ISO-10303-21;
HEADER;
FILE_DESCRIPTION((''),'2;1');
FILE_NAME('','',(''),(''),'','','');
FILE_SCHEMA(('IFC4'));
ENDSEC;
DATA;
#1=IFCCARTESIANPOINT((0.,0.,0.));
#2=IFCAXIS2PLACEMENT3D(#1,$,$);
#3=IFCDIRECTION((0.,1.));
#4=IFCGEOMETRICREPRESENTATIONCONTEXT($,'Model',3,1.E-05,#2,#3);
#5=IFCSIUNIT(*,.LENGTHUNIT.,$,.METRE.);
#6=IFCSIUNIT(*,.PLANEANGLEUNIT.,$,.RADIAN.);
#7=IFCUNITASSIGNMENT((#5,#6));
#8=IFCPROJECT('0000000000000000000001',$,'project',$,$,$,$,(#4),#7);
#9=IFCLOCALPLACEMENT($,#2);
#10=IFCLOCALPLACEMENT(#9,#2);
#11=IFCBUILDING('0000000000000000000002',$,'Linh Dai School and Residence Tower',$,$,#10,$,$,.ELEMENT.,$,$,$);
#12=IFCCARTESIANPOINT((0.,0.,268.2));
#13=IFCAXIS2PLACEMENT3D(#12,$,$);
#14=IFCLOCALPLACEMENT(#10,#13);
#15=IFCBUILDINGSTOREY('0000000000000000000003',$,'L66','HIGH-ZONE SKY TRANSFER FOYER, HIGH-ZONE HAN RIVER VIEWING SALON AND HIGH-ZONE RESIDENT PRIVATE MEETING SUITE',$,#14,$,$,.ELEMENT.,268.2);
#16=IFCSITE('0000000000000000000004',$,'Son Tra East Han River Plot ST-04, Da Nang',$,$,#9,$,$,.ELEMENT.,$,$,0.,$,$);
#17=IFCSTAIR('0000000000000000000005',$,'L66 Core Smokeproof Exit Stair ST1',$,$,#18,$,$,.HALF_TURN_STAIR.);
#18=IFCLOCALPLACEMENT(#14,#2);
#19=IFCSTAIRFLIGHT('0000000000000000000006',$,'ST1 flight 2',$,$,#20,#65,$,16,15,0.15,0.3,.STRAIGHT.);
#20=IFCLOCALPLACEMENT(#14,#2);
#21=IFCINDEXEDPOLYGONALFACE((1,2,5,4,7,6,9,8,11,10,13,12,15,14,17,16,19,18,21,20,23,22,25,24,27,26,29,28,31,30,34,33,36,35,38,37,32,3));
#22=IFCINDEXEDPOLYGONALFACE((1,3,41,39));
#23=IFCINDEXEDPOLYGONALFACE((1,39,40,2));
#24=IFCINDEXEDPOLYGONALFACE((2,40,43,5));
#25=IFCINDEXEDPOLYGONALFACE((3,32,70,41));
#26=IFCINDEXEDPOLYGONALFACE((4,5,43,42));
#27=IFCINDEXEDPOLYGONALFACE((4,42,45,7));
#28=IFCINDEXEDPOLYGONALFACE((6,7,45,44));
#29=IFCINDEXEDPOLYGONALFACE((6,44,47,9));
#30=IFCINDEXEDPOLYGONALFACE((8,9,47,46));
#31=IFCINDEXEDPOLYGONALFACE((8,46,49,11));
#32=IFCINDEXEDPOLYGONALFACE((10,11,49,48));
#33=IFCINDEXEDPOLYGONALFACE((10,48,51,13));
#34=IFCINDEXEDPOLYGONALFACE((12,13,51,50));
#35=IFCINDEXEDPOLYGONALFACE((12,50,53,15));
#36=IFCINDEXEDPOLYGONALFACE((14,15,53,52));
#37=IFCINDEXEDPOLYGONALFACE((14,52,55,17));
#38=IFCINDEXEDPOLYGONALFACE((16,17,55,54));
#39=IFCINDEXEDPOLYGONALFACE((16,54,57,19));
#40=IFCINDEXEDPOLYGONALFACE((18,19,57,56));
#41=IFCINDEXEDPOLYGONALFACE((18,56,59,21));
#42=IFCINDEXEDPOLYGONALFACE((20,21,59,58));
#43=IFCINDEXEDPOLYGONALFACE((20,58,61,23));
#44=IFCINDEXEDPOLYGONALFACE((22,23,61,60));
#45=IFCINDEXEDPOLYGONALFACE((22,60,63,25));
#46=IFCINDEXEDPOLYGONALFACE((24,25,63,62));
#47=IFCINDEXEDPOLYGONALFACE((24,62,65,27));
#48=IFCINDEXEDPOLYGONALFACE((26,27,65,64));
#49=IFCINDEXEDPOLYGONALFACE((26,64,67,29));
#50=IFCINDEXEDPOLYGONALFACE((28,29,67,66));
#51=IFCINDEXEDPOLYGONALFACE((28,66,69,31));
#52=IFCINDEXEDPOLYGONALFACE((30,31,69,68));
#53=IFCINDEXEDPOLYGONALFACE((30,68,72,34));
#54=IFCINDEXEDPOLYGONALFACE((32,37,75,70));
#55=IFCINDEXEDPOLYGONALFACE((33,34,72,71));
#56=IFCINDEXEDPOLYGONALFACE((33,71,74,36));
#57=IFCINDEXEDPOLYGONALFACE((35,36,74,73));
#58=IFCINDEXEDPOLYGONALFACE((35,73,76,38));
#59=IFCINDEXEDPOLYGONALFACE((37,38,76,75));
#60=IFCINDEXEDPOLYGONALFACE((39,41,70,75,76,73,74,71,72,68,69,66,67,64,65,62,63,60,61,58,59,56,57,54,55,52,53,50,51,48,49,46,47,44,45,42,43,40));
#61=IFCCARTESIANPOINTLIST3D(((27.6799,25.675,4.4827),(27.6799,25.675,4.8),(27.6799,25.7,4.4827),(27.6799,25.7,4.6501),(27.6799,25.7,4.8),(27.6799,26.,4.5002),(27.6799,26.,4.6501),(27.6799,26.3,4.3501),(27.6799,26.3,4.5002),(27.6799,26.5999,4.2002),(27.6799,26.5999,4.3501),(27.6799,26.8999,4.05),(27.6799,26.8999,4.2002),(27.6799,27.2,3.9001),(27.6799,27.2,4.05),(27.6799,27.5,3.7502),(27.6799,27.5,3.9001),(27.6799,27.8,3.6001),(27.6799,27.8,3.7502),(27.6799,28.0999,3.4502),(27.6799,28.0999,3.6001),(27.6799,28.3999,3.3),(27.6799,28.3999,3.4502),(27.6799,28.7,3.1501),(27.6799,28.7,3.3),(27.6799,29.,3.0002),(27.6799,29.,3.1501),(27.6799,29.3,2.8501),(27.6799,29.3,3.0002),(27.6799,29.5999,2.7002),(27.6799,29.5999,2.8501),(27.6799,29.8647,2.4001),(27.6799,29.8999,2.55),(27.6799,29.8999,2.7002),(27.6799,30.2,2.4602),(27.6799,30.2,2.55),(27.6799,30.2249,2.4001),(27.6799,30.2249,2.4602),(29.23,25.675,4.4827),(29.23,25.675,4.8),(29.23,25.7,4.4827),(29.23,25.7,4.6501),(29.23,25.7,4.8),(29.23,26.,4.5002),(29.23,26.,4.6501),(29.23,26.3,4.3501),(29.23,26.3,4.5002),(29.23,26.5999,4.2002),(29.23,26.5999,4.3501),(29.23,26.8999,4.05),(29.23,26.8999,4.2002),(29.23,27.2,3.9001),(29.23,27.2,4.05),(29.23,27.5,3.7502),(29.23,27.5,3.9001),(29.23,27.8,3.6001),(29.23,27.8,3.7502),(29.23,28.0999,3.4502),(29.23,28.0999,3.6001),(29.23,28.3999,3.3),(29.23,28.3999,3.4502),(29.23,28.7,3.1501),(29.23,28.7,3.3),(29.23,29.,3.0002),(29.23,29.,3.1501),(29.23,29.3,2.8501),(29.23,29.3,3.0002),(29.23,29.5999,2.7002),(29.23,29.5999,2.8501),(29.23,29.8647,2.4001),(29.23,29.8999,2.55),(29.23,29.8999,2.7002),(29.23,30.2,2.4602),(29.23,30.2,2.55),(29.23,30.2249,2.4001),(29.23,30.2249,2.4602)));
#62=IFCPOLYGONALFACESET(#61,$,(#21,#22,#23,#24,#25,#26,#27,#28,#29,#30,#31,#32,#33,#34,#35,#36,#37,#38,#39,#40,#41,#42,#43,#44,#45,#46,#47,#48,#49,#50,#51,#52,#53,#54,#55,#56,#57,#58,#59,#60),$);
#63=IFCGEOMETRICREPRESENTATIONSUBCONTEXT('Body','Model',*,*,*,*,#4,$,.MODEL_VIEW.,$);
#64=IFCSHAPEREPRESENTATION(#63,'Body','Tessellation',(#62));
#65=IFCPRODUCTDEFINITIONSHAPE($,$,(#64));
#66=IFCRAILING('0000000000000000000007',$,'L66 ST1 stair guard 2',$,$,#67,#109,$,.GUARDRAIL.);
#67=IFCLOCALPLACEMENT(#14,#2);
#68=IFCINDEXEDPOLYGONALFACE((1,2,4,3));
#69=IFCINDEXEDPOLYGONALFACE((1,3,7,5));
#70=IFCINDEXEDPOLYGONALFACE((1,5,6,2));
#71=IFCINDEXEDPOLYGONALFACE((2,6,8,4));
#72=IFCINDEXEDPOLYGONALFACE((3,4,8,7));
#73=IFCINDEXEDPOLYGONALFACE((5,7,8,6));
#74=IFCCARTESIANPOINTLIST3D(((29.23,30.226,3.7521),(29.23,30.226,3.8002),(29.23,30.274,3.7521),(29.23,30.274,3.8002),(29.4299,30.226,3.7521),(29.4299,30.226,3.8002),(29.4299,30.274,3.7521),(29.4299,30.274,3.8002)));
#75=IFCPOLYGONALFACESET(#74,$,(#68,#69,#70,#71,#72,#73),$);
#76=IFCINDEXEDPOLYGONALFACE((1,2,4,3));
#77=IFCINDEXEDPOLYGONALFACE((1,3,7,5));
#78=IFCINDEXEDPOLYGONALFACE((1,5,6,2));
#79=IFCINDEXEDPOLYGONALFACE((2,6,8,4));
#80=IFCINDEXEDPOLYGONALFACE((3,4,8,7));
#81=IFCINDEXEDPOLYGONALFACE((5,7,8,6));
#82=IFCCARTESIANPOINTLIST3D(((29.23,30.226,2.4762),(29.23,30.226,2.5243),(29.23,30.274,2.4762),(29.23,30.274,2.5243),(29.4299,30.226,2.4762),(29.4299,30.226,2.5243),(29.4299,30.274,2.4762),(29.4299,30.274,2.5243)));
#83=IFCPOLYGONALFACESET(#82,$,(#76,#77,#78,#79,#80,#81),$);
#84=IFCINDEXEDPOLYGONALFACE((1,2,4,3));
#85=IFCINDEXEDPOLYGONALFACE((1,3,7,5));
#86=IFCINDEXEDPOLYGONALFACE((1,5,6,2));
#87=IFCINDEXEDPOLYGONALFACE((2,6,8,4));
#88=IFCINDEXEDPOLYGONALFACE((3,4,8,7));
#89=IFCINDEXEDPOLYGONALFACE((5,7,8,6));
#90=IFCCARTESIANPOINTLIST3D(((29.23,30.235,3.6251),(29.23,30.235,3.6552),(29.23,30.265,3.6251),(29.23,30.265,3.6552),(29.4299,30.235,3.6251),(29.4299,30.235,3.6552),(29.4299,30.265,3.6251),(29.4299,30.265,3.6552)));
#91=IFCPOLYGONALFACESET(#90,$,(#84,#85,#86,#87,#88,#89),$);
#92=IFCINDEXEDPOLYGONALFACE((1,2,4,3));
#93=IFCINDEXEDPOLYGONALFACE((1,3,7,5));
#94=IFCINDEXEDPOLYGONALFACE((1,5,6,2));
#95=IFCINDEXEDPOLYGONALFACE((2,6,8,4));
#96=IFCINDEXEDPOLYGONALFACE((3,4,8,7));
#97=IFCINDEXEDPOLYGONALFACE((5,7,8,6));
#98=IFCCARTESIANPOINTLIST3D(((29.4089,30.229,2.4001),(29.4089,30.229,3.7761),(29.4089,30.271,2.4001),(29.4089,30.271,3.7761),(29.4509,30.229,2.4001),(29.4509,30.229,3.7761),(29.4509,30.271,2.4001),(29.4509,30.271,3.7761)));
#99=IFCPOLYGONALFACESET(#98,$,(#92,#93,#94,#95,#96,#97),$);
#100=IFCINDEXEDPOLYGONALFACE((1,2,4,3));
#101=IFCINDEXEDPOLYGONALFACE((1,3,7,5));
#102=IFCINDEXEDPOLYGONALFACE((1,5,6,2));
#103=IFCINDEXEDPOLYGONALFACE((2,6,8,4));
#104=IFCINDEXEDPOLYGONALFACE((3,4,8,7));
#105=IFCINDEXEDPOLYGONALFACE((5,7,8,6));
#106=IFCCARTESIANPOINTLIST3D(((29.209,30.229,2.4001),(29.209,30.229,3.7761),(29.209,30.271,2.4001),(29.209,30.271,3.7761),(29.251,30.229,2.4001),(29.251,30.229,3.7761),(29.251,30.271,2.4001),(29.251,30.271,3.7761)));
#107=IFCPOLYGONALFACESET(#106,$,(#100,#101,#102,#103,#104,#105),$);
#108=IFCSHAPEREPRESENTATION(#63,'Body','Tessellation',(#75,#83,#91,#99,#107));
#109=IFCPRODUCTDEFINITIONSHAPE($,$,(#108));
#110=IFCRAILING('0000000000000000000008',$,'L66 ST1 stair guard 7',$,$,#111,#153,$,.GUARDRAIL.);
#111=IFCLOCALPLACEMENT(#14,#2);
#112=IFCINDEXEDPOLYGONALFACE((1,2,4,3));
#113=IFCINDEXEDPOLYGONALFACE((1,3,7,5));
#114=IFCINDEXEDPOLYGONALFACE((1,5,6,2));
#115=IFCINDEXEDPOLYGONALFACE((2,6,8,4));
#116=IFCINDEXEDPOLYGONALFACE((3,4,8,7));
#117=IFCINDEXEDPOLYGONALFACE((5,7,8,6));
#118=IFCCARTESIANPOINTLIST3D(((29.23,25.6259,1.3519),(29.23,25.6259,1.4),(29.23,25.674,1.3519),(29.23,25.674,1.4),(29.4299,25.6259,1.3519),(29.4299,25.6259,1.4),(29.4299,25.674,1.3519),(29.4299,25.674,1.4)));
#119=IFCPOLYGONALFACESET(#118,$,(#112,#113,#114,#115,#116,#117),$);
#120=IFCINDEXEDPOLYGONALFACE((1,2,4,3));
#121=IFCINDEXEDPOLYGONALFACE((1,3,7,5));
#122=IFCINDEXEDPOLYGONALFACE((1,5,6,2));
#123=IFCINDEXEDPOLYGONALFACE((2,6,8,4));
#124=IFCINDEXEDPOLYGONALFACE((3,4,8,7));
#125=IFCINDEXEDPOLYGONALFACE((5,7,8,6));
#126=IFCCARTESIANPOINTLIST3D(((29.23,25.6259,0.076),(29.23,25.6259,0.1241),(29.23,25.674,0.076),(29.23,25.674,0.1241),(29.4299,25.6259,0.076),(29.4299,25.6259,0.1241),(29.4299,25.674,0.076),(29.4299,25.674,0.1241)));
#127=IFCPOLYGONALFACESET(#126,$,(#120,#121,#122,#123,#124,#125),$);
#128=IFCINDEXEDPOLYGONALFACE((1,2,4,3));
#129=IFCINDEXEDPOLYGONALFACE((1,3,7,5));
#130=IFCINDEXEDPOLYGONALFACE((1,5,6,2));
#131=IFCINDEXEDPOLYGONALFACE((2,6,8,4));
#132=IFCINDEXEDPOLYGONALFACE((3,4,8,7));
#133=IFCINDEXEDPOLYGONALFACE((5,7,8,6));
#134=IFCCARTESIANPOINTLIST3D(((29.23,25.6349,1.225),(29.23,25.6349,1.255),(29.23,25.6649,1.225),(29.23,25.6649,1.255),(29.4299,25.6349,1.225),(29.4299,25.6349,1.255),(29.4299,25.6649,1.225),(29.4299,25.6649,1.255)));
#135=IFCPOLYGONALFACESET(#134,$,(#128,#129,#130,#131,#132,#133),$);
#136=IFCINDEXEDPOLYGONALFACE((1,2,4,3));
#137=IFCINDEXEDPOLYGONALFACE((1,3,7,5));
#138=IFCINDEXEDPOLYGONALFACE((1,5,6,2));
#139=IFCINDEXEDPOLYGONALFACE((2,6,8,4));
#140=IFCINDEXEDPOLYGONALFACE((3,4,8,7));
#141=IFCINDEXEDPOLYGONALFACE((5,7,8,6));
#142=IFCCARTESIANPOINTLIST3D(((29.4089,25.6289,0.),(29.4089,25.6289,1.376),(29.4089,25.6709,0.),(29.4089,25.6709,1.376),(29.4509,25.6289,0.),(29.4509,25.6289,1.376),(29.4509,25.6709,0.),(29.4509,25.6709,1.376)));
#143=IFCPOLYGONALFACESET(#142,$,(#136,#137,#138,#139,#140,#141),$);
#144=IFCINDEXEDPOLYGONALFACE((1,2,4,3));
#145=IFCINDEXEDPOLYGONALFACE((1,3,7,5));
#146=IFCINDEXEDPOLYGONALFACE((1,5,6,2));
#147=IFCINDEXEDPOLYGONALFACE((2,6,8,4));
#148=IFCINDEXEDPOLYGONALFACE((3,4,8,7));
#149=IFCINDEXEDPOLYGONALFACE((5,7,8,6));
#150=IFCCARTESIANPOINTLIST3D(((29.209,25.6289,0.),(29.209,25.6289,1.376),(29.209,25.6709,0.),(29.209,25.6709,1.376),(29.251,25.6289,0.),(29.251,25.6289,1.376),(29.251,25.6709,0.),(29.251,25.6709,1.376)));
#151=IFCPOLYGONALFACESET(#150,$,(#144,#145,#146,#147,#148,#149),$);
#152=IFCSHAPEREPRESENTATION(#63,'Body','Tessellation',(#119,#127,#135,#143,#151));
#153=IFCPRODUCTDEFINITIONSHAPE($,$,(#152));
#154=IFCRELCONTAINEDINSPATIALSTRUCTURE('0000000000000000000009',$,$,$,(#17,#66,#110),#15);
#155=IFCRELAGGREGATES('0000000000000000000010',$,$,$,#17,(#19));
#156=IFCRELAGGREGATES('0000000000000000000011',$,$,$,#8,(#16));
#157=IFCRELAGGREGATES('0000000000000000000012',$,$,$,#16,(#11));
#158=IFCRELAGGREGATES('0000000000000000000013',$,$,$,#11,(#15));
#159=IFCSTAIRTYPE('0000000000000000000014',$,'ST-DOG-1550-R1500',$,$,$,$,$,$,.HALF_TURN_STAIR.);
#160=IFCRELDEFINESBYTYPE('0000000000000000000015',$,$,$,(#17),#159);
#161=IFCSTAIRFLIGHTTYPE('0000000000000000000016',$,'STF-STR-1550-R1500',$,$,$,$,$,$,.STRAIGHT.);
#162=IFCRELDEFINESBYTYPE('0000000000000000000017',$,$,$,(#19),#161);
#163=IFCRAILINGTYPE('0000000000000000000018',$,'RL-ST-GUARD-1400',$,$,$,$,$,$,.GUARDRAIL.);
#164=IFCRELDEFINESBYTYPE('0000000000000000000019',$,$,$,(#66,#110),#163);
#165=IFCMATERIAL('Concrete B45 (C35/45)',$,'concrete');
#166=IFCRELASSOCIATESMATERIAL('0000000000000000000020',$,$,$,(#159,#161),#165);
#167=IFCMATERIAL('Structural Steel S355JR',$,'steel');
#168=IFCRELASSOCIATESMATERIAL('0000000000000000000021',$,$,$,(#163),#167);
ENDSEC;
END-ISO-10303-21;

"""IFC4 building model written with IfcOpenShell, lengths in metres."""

from ifc_helpers import new_model, si_unit, direction, frame, origin, origin_2d, place, context, subcontext, project, spatial, polyline, rectangle, outline, extrude, source, transform, mapped, material, type_object, element, aggregate, save


model = new_model("IFC4")

# Units and contexts
model_context = context("Model", 3, precision=1e-05, world=origin(), true_north=direction((0.0, 1.0)))
body_context = subcontext(model_context, "Body", "Model", "MODEL_VIEW")
ifc_project = project(units=[si_unit("LENGTHUNIT", "METRE"), si_unit("PLANEANGLEUNIT", "RADIAN")], contexts=[model_context])

# Site, building, storey
site_placement = place(None, origin())
site = spatial("IfcSite", under=ifc_project, at=site_placement, Name="Son Tra East Han River Plot ST-04, Da Nang", CompositionType="ELEMENT", RefElevation=0.0)
building_placement = place(site_placement, origin())
building = spatial("IfcBuilding", under=site, at=building_placement, Name="Linh Dai School and Residence Tower", CompositionType="ELEMENT")
storey_placement = place(building_placement, frame((0.0, 0.0, 268.2)))
storey = spatial("IfcBuildingStorey", under=building, at=storey_placement, Name="L66", Description="HIGH-ZONE SKY TRANSFER FOYER, HIGH-ZONE HAN RIVER VIEWING SALON AND HIGH-ZONE RESIDENT PRIVATE MEETING SUITE", CompositionType="ELEMENT", Elevation=268.2)

# Shared definitions
ifc_material_1 = material(Name="Structural Steel S355JR", Category="steel")

# Shared definitions
ifc_material_2 = material(Name="Concrete B45 (C35/45)", Category="concrete")

# Stair, stair flight
stair_type = type_object("IfcStairType", Name="ST-DOG-1550-R1500", PredefinedType="HALF_TURN_STAIR", material=ifc_material_2)
stair_placement = place(storey_placement, origin())
stair = element("IfcStair", 1, at=stair_placement, inside=storey, type_object=stair_type, Name="L66 Core Smokeproof Exit Stair ST1", PredefinedType="HALF_TURN_STAIR")
stair_flight_type = type_object("IfcStairFlightType", Name="STF-STR-1550-R1500", PredefinedType="STRAIGHT", material=ifc_material_2)
shared_shape_1 = source(origin(), body_context, "Body", "SweptSolid", [
    extrude(outline(polyline([(-0.0249, 0.0), (-0.0249, 0.0601), (0.0, 0.0601), (0.0, 0.1499), (0.3, 0.1499), (0.3, 0.3), (0.6001, 0.3), (0.6001, 0.45), (0.8999, 0.45), (0.8999, 0.6001), (1.2, 0.6001), (1.2, 0.75), (1.5, 0.75), (1.5, 0.8999), (1.8, 0.8999), (1.8, 1.05), (2.1001, 1.05), (2.1001, 1.2), (2.3999, 1.2), (2.3999, 1.3501), (2.7, 1.3501), (2.7, 1.5), (3.0, 1.5), (3.0, 1.6499), (3.3, 1.6499), (3.3, 1.8), (3.6001, 1.8), (3.6001, 1.95), (3.8999, 1.95), (3.8999, 2.1001), (4.2, 2.1001), (4.2, 2.25), (4.5, 2.25), (4.5, 2.3999), (4.5249, 2.3999), (4.5249, 2.0825), (4.5, 2.0825), (0.3352, 0.0), (-0.0249, 0.0)])), frame((0.0, 0.7749, 0.0), z_axis=(0.0, -1.0, 0.0), x_axis=(1.0, 0.0, 0.0)), (0.0, 0.0, 1.0), 1.55),
])
stair_flight_1_placement = place(storey_placement, frame((28.4551, 30.2, 2.4001), z_axis=(0.0, 0.0, 1.0), x_axis=(0.0, -1.0, 0.0)))
stair_flight_1 = element("IfcStairFlight", 2, at=stair_flight_1_placement, type_object=stair_flight_type, Name="ST1 flight 2", NumberOfRisers=16, NumberOfTreads=15, PredefinedType="STRAIGHT", RiserHeight=0.15, TreadLength=0.3, context=body_context, shape_type="MappedRepresentation", body=[
    mapped(shared_shape_1, transform((0.0, 0.0, 0.0), x_axis=(1.0, 0.0, 0.0), y_axis=(0.0, 1.0, 0.0), z_axis=(0.0, 0.0, 1.0), scale=1.0)),
])
aggregate(stair, [stair_flight_1])

# Railings
railing_type_1 = type_object("IfcRailingType", Name="RL-ST-GUARD-1400", PredefinedType="GUARDRAIL", material=ifc_material_1)
shared_shape_2 = source(origin(), body_context, "Body", "SweptSolid", [
    extrude(rectangle(XDim=0.0481, YDim=0.0481, at=origin_2d()), frame((0.0, 0.0, 1.376), z_axis=(-1.0, 0.0, 0.0), x_axis=(0.0, -1.0, 0.0)), (0.0, 0.0, 1.0), 0.2),
    extrude(rectangle(XDim=0.0481, YDim=0.0481, at=origin_2d()), frame((0.0, 0.0, 0.1001), z_axis=(-1.0, 0.0, 0.0), x_axis=(0.0, -1.0, 0.0)), (0.0, 0.0, 1.0), 0.2),
    extrude(rectangle(XDim=0.03, YDim=0.03, at=origin_2d()), frame((0.0, 0.0, 1.24), z_axis=(-1.0, 0.0, 0.0), x_axis=(0.0, -1.0, 0.0)), (0.0, 0.0, 1.0), 0.2),
    extrude(rectangle(XDim=0.042, YDim=0.042, at=origin_2d()), origin(), (0.0, 0.0, 1.0), 1.376),
    extrude(rectangle(XDim=0.042, YDim=0.042, at=origin_2d()), frame((-0.2, 0.0, 0.0)), (0.0, 0.0, 1.0), 1.376),
])
for number, where, name in (
    (3, (29.4299, 30.25, 2.4001), "L66 ST1 stair guard 2"),
    (4, (29.4299, 25.6499, 0.0), "L66 ST1 stair guard 7"),
):
    element("IfcRailing", number, at=place(storey_placement, frame(where)), inside=storey, type_object=railing_type_1, Name=name, PredefinedType="GUARDRAIL", context=body_context, shape_type="MappedRepresentation", body=[
        mapped(shared_shape_2, transform((0.0, 0.0, 0.0), x_axis=(1.0, 0.0, 0.0), y_axis=(0.0, 1.0, 0.0), z_axis=(0.0, 0.0, 1.0), scale=1.0)),
    ])

save(model, "model.ifc")
